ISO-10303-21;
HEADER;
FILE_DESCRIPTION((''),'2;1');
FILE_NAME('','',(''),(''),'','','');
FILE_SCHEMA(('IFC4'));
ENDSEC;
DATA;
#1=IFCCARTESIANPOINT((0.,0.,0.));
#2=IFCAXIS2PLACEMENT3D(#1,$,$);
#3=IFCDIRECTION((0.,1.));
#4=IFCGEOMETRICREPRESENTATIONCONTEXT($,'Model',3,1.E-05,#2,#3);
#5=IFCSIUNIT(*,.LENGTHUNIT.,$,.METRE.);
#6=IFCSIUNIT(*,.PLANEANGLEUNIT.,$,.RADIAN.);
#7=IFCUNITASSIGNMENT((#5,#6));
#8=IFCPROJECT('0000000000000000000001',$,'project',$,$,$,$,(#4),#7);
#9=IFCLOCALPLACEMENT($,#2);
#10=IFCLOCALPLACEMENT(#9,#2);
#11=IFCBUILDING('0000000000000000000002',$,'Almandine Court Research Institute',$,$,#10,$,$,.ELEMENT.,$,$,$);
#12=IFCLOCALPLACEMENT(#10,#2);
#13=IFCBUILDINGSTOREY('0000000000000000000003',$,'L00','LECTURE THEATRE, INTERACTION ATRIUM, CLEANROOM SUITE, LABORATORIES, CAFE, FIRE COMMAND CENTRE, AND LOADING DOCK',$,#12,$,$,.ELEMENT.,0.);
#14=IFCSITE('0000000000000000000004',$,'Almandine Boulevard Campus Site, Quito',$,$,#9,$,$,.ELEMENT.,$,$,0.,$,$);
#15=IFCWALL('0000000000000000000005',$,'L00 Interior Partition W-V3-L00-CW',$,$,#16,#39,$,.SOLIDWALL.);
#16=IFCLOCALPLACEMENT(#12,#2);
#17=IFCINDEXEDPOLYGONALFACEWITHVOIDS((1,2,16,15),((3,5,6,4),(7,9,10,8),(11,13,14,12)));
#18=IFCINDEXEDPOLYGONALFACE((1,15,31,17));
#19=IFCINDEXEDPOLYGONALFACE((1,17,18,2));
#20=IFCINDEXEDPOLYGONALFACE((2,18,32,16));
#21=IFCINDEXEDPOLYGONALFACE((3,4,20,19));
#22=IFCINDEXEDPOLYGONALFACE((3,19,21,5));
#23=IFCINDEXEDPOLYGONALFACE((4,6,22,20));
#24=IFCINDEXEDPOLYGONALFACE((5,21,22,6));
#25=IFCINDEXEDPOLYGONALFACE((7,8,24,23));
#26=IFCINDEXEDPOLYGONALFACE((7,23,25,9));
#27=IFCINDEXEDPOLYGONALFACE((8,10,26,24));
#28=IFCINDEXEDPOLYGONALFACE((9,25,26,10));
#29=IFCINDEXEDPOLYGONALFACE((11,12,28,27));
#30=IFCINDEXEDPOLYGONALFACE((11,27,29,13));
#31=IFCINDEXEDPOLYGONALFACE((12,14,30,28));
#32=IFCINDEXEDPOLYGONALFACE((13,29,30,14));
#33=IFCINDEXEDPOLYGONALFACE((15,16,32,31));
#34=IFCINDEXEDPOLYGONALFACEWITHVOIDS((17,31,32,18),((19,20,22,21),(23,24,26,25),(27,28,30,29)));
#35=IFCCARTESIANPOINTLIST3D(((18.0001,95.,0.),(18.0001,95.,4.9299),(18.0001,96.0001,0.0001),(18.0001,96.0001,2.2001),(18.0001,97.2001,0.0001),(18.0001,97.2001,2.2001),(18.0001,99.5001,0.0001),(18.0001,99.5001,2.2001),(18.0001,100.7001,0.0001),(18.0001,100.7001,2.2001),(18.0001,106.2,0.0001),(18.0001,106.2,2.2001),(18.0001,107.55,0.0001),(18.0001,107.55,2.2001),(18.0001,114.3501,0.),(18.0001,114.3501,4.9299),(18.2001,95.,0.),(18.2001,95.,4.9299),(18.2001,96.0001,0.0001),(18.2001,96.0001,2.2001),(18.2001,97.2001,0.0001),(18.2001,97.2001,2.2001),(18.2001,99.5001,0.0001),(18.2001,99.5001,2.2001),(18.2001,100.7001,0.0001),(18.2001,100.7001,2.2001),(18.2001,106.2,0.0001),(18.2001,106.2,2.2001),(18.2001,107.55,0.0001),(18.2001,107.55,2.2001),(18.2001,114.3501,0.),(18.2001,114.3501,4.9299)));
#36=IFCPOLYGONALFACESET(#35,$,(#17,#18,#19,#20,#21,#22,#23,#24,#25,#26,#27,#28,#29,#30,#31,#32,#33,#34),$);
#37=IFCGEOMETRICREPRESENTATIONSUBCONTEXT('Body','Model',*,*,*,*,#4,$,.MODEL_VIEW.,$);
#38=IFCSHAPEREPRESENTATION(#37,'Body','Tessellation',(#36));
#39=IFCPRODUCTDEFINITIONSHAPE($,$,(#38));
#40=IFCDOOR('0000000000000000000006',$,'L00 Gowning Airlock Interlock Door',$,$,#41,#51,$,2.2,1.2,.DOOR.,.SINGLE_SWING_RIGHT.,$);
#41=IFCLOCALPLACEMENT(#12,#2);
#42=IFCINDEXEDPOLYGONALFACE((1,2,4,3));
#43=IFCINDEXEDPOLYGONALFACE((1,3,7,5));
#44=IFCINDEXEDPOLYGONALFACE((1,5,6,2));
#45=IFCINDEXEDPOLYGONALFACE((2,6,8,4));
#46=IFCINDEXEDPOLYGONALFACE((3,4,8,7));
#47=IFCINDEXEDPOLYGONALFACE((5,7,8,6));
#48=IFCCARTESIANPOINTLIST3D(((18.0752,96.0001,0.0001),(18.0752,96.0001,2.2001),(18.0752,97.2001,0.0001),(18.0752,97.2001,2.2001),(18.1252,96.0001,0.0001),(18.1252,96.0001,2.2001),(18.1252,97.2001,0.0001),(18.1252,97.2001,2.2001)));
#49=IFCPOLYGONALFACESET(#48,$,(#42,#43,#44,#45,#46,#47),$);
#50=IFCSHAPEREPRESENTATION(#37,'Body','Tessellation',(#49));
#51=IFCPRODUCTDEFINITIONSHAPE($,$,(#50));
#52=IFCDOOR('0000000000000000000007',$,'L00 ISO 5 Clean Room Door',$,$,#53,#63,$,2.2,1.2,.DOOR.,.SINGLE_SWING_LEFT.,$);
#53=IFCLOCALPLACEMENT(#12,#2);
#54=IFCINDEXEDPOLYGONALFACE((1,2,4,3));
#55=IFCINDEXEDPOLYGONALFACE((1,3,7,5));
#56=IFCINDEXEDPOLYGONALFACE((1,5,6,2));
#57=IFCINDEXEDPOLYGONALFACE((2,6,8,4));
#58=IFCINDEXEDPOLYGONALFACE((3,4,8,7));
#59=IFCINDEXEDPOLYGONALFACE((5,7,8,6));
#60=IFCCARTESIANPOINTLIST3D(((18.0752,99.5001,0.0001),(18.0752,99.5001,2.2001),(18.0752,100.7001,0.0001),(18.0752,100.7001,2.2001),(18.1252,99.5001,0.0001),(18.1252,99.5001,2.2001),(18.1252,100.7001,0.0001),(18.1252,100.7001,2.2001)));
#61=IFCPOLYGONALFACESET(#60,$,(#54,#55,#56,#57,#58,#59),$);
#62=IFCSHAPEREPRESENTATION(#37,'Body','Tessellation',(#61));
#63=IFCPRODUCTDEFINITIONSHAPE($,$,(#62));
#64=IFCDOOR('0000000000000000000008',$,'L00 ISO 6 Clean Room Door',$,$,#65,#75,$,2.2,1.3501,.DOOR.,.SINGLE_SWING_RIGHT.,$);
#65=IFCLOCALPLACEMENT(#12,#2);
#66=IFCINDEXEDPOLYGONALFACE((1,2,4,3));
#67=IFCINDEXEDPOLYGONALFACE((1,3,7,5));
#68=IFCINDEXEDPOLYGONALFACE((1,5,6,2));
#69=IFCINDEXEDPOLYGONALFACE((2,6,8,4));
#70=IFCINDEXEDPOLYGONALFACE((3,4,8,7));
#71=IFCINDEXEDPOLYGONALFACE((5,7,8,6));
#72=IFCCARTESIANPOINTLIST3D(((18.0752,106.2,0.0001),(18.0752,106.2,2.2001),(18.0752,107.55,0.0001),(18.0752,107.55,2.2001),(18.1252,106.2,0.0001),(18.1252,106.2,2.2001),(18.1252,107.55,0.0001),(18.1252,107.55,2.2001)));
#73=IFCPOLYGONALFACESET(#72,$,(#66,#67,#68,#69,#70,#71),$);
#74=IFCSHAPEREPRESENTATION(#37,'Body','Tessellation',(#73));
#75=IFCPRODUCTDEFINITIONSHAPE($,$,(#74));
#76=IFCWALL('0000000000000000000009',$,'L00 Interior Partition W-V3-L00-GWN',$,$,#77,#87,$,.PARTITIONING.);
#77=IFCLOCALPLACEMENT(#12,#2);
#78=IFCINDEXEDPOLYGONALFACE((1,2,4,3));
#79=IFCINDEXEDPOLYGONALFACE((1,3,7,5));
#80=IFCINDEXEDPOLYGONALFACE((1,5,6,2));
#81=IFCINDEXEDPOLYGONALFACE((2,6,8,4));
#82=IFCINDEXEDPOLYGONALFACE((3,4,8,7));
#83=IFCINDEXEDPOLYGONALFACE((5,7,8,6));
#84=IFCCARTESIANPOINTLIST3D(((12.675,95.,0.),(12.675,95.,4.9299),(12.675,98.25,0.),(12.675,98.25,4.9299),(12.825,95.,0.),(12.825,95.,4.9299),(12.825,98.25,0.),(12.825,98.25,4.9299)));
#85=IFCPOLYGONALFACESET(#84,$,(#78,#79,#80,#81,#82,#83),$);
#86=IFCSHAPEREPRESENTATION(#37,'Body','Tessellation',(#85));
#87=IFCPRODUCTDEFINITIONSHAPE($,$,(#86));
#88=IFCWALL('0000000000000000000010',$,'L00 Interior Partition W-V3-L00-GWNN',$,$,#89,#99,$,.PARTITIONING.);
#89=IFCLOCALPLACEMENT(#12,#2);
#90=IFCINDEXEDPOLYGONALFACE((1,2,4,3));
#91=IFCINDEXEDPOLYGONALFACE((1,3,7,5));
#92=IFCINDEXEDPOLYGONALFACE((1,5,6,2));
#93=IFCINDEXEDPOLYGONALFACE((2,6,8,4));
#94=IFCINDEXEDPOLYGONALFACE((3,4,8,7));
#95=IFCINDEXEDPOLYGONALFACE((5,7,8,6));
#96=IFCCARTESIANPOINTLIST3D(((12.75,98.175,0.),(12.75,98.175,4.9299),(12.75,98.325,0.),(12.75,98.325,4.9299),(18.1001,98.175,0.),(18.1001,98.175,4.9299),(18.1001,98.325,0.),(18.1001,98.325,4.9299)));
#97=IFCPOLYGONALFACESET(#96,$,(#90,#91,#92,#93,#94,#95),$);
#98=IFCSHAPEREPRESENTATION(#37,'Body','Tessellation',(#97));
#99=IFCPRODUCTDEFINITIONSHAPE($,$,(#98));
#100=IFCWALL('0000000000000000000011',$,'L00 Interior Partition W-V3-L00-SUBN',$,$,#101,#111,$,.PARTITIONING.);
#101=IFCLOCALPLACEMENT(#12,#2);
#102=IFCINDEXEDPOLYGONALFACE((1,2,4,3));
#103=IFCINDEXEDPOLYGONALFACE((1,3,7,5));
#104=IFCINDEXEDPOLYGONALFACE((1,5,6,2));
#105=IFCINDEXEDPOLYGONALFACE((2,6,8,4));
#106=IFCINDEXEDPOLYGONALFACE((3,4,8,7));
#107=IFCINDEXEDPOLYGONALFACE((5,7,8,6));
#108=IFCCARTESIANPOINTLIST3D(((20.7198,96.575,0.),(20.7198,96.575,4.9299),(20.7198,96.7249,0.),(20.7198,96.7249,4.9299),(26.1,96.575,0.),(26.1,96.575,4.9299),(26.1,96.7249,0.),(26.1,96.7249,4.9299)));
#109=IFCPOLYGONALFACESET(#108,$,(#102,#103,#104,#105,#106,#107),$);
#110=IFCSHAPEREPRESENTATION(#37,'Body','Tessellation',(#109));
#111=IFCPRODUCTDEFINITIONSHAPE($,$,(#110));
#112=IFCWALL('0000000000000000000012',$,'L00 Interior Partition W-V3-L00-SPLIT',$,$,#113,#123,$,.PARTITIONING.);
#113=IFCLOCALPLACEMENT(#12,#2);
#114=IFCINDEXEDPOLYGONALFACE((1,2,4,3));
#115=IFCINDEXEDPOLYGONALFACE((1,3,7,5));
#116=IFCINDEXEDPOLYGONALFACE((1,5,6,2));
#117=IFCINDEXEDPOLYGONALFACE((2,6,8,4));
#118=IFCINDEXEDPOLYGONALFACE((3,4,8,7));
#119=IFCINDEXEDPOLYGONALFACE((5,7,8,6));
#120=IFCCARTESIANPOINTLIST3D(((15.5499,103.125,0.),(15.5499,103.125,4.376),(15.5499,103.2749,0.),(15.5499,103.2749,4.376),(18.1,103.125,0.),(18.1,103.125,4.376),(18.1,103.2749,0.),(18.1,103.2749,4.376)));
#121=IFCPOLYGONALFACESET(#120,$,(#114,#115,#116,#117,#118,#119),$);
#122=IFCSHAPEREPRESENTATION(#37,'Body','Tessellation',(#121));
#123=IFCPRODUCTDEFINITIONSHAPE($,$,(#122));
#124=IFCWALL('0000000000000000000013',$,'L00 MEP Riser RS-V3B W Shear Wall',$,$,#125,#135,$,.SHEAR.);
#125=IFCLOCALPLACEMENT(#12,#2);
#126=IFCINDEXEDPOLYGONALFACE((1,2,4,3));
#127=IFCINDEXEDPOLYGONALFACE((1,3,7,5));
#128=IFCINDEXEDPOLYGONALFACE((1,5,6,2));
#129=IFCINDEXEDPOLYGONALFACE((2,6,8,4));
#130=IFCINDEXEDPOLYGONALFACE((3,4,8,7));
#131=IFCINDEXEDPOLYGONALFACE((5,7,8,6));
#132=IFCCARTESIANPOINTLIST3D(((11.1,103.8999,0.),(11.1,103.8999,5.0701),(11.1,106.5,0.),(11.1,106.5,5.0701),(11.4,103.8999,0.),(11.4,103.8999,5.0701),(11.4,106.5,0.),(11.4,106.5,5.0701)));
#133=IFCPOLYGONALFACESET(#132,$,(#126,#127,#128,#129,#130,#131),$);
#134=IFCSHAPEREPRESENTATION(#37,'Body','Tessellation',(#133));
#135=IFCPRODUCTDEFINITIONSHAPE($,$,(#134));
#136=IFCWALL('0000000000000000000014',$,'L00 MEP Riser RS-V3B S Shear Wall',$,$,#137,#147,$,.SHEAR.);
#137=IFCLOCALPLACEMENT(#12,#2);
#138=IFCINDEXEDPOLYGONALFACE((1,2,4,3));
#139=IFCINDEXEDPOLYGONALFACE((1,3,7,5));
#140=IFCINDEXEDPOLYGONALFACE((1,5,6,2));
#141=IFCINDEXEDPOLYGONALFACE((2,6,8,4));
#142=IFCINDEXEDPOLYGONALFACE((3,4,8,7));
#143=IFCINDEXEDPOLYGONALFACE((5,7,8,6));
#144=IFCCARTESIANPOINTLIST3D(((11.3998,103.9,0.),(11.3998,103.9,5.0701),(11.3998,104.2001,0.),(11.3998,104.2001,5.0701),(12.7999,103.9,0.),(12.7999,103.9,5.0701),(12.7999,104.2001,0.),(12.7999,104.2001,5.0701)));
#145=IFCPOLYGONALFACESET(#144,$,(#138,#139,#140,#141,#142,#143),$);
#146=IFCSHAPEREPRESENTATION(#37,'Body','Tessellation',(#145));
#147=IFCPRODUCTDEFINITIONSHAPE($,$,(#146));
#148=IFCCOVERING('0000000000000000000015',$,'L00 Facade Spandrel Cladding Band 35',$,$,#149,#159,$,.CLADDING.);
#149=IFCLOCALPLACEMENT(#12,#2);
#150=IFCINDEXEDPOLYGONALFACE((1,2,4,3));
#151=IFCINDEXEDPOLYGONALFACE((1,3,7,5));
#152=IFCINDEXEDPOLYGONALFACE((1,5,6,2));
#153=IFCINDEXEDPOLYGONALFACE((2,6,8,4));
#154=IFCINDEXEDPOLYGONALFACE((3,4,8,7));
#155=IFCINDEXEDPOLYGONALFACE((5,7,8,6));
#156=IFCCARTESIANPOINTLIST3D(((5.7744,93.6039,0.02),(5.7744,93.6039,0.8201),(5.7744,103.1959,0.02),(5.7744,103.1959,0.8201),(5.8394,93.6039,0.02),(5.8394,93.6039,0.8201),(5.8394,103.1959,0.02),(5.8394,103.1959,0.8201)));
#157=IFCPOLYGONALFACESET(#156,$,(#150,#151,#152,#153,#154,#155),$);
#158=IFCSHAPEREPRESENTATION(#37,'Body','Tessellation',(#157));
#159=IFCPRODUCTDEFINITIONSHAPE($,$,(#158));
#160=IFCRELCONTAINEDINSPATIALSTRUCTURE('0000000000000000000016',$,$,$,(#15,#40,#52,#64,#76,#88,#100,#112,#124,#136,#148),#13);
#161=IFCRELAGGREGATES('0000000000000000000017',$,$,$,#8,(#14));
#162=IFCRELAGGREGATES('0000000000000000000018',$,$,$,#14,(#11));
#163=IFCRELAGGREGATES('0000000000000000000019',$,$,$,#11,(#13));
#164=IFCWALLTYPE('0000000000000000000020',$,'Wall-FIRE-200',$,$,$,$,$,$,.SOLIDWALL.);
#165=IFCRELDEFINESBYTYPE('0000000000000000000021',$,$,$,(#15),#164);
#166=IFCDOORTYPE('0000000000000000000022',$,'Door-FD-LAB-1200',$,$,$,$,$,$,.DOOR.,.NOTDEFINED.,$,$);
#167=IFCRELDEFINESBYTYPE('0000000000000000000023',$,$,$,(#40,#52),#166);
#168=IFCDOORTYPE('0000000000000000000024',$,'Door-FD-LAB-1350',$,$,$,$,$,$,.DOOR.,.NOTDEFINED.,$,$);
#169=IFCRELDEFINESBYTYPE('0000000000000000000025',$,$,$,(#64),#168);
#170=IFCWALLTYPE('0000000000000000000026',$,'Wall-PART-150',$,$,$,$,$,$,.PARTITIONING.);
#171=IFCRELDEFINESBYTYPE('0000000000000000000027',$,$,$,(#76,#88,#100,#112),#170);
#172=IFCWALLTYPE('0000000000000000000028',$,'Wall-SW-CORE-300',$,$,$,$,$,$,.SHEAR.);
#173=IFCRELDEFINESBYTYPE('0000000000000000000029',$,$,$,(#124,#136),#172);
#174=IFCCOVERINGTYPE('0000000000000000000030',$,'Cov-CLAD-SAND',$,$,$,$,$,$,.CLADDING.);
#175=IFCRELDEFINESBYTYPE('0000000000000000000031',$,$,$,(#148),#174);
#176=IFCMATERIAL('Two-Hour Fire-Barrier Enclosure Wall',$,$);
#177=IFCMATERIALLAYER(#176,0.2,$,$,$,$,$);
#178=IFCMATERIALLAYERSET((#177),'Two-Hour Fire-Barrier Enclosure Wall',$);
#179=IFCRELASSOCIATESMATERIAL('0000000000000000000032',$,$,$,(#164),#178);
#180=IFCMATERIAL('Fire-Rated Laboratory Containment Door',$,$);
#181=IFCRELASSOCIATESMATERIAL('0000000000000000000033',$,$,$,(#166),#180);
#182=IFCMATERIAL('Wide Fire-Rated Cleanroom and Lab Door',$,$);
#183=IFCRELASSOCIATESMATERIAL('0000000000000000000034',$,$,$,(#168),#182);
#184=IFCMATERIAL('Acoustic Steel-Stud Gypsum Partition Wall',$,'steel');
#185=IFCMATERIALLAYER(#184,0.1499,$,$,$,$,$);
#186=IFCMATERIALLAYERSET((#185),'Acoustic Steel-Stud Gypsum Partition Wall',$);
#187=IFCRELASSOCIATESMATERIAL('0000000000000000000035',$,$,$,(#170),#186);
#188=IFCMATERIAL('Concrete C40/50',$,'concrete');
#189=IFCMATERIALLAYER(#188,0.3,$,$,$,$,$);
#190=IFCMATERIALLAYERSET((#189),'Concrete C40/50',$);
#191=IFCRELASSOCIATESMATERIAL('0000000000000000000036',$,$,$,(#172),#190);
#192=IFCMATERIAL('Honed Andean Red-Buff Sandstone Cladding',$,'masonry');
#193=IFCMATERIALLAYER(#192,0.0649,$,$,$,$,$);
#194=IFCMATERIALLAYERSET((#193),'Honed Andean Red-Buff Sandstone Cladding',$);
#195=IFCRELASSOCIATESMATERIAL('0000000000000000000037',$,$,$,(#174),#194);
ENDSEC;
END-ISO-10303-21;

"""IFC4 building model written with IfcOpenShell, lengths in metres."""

from ifc_helpers import new_model, si_unit, direction, frame, frame_2d, origin, origin_2d, place, context, subcontext, project, spatial, rectangle, extrude, material, layer, layer_set, type_object, element, fill, save


model = new_model("IFC4")

# Units and contexts
model_context = context("Model", 3, precision=1e-05, world=origin(), true_north=direction((0.0, 1.0)))
body_context = subcontext(model_context, "Body", "Model", "MODEL_VIEW")
ifc_project = project(units=[si_unit("LENGTHUNIT", "METRE"), si_unit("PLANEANGLEUNIT", "RADIAN")], contexts=[model_context])

# Site, building, storey
site_placement = place(None, origin())
site = spatial("IfcSite", under=ifc_project, at=site_placement, Name="Almandine Boulevard Campus Site, Quito", CompositionType="ELEMENT", RefElevation=0.0)
building_placement = place(site_placement, origin())
building = spatial("IfcBuilding", under=site, at=building_placement, Name="Almandine Court Research Institute", CompositionType="ELEMENT")
storey_placement = place(building_placement, origin())
storey = spatial("IfcBuildingStorey", under=building, at=storey_placement, Name="L00", Description="LECTURE THEATRE, INTERACTION ATRIUM, CLEANROOM SUITE, LABORATORIES, CAFE, FIRE COMMAND CENTRE, AND LOADING DOCK", CompositionType="ELEMENT", Elevation=0.0)

# Shared definitions
ifc_material_1 = material(Name="Two-Hour Fire-Barrier Enclosure Wall")
ifc_layer_1 = layer(ifc_material_1, 0.2)
ifc_layer_set_1 = layer_set([ifc_layer_1], Name="Two-Hour Fire-Barrier Enclosure Wall")
wall_type_1 = type_object("IfcWallType", Name="Wall-FIRE-200", PredefinedType="SOLIDWALL", material=ifc_layer_set_1)

# Wall, openings, doors
wall_1_placement = place(storey_placement, frame((18.1001, 95.0, 0.0), z_axis=(0.0, 0.0, 1.0), x_axis=(0.0, 1.0, 0.0)))
wall_1 = element("IfcWall", 1, at=wall_1_placement, inside=storey, type_object=wall_type_1, Name="L00 Interior Partition W-V3-L00-CW", PredefinedType="SOLIDWALL", context=body_context, shape_type="SweptSolid", body=[
    extrude(rectangle(XDim=19.3501, YDim=0.2, at=frame_2d((9.675, 0.0))), origin(), (0.0, 0.0, 1.0), 4.9299),
])
opening_1_placement = place(wall_1_placement, frame((1.0, 0.0, 0.0)))
opening_1 = element("IfcOpeningElement", 2, at=opening_1_placement, cuts=wall_1, PredefinedType="OPENING", context=body_context, shape_type="SweptSolid", body=[
    extrude(rectangle(XDim=1.2, YDim=2.2, at=frame_2d((0.6001, 1.1001))), frame((0.0, 0.1099, 0.0), z_axis=(0.0, -1.0, 0.0), x_axis=(1.0, 0.0, 0.0)), (0.0, 0.0, 1.0), 0.22),
])
opening_2_placement = place(wall_1_placement, frame((4.5, 0.0, 0.0)))
opening_2 = element("IfcOpeningElement", 3, at=opening_2_placement, cuts=wall_1, PredefinedType="OPENING", context=body_context, shape_type="SweptSolid", body=[
    extrude(rectangle(XDim=1.2, YDim=2.2, at=frame_2d((0.6001, 1.1001))), frame((0.0, 0.1099, 0.0), z_axis=(0.0, -1.0, 0.0), x_axis=(1.0, 0.0, 0.0)), (0.0, 0.0, 1.0), 0.22),
])
opening_3_placement = place(wall_1_placement, frame((11.2, 0.0, 0.0)))
opening_3 = element("IfcOpeningElement", 4, at=opening_3_placement, cuts=wall_1, PredefinedType="OPENING", context=body_context, shape_type="SweptSolid", body=[
    extrude(rectangle(XDim=1.3501, YDim=2.2, at=frame_2d((0.675, 1.1001))), frame((0.0, 0.1099, 0.0), z_axis=(0.0, -1.0, 0.0), x_axis=(1.0, 0.0, 0.0)), (0.0, 0.0, 1.0), 0.22),
])
ifc_material_2 = material(Name="Fire-Rated Laboratory Containment Door")
door_type_1 = type_object("IfcDoorType", Name="Door-FD-LAB-1200", OperationType="NOTDEFINED", PredefinedType="DOOR", material=ifc_material_2)
door_1_placement = place(opening_1_placement, origin())
door_1 = element("IfcDoor", 5, at=door_1_placement, inside=storey, type_object=door_type_1, Name="L00 Gowning Airlock Interlock Door", OperationType="SINGLE_SWING_RIGHT", OverallHeight=2.2, OverallWidth=1.2, PredefinedType="DOOR", context=body_context, shape_type="SweptSolid", body=[
    extrude(rectangle(XDim=1.2, YDim=2.2, at=frame_2d((0.6001, 1.1001))), frame((0.0, 0.0249, 0.0), z_axis=(0.0, -1.0, 0.0), x_axis=(1.0, 0.0, 0.0)), (0.0, 0.0, 1.0), 0.05),
])
fill(opening_1, door_1)
door_2_placement = place(opening_2_placement, origin())
door_2 = element("IfcDoor", 6, at=door_2_placement, inside=storey, type_object=door_type_1, Name="L00 ISO 5 Clean Room Door", OperationType="SINGLE_SWING_LEFT", OverallHeight=2.2, OverallWidth=1.2, PredefinedType="DOOR", context=body_context, shape_type="SweptSolid", body=[
    extrude(rectangle(XDim=1.2, YDim=2.2, at=frame_2d((0.6001, 1.1001))), frame((0.0, 0.0249, 0.0), z_axis=(0.0, -1.0, 0.0), x_axis=(1.0, 0.0, 0.0)), (0.0, 0.0, 1.0), 0.05),
])
fill(opening_2, door_2)
ifc_material_3 = material(Name="Wide Fire-Rated Cleanroom and Lab Door")
door_type_2 = type_object("IfcDoorType", Name="Door-FD-LAB-1350", OperationType="NOTDEFINED", PredefinedType="DOOR", material=ifc_material_3)
door_3_placement = place(opening_3_placement, origin())
door_3 = element("IfcDoor", 7, at=door_3_placement, inside=storey, type_object=door_type_2, Name="L00 ISO 6 Clean Room Door", OperationType="SINGLE_SWING_RIGHT", OverallHeight=2.2, OverallWidth=1.3501, PredefinedType="DOOR", context=body_context, shape_type="SweptSolid", body=[
    extrude(rectangle(XDim=1.3501, YDim=2.2, at=frame_2d((0.675, 1.1001))), frame((0.0, 0.0249, 0.0), z_axis=(0.0, -1.0, 0.0), x_axis=(1.0, 0.0, 0.0)), (0.0, 0.0, 1.0), 0.05),
])
fill(opening_3, door_3)

# Walls
ifc_material_4 = material(Name="Acoustic Steel-Stud Gypsum Partition Wall", Category="steel")
ifc_layer_2 = layer(ifc_material_4, 0.1499)
ifc_layer_set_2 = layer_set([ifc_layer_2], Name="Acoustic Steel-Stud Gypsum Partition Wall")
wall_type_2 = type_object("IfcWallType", Name="Wall-PART-150", PredefinedType="PARTITIONING", material=ifc_layer_set_2)
wall_2_placement = place(storey_placement, frame((12.75, 95.0, 0.0), z_axis=(0.0, 0.0, 1.0), x_axis=(0.0, 1.0, 0.0)))
element("IfcWall", 8, at=wall_2_placement, inside=storey, type_object=wall_type_2, Name="L00 Interior Partition W-V3-L00-GWN", PredefinedType="PARTITIONING", context=body_context, shape_type="SweptSolid", body=[
    extrude(rectangle(XDim=3.25, YDim=0.1499, at=frame_2d((1.625, 0.0))), origin(), (0.0, 0.0, 1.0), 4.9299),
])
wall_3_placement = place(storey_placement, frame((12.75, 98.25, 0.0), z_axis=(0.0, 0.0, 1.0), x_axis=(1.0, 0.0, 0.0)))
element("IfcWall", 9, at=wall_3_placement, inside=storey, type_object=wall_type_2, Name="L00 Interior Partition W-V3-L00-GWNN", PredefinedType="PARTITIONING", context=body_context, shape_type="SweptSolid", body=[
    extrude(rectangle(XDim=5.3501, YDim=0.1499, at=frame_2d((2.675, 0.0))), origin(), (0.0, 0.0, 1.0), 4.9299),
])
wall_4_placement = place(storey_placement, frame((20.72, 96.6499, 0.0), z_axis=(0.0, 0.0, 1.0), x_axis=(1.0, 0.0, 0.0)))
element("IfcWall", 10, at=wall_4_placement, inside=storey, type_object=wall_type_2, Name="L00 Interior Partition W-V3-L00-SUBN", PredefinedType="PARTITIONING", context=body_context, shape_type="SweptSolid", body=[
    extrude(rectangle(XDim=5.3801, YDim=0.1499, at=frame_2d((2.6899, 0.0))), origin(), (0.0, 0.0, 1.0), 4.9299),
])
wall_5_placement = place(storey_placement, frame((15.55, 103.2, 0.0), z_axis=(0.0, 0.0, 1.0), x_axis=(1.0, 0.0, 0.0)))
element("IfcWall", 11, at=wall_5_placement, inside=storey, type_object=wall_type_2, Name="L00 Interior Partition W-V3-L00-SPLIT", PredefinedType="PARTITIONING", context=body_context, shape_type="SweptSolid", body=[
    extrude(rectangle(XDim=2.55, YDim=0.1499, at=frame_2d((1.2749, 0.0))), origin(), (0.0, 0.0, 1.0), 4.376),
])
ifc_material_5 = material(Name="Concrete C40/50", Category="concrete")
ifc_layer_3 = layer(ifc_material_5, 0.3)
ifc_layer_set_3 = layer_set([ifc_layer_3], Name="Concrete C40/50")
wall_type_3 = type_object("IfcWallType", Name="Wall-SW-CORE-300", PredefinedType="SHEAR", material=ifc_layer_set_3)
wall_6_placement = place(storey_placement, frame((11.25, 103.8999, 0.0), z_axis=(0.0, 0.0, 1.0), x_axis=(0.0, 1.0, 0.0)))
element("IfcWall", 12, at=wall_6_placement, inside=storey, type_object=wall_type_3, Name="L00 MEP Riser RS-V3B W Shear Wall", PredefinedType="SHEAR", context=body_context, shape_type="SweptSolid", body=[
    extrude(rectangle(XDim=2.6001, YDim=0.3, at=frame_2d((1.3, 0.0))), origin(), (0.0, 0.0, 1.0), 5.0701),
])
wall_7_placement = place(storey_placement, frame((12.8, 104.05, 0.0), z_axis=(0.0, 0.0, 1.0), x_axis=(-1.0, 0.0, 0.0)))
element("IfcWall", 13, at=wall_7_placement, inside=storey, type_object=wall_type_3, Name="L00 MEP Riser RS-V3B S Shear Wall", PredefinedType="SHEAR", context=body_context, shape_type="SweptSolid", body=[
    extrude(rectangle(XDim=1.4001, YDim=0.3, at=frame_2d((0.7002, 0.0))), origin(), (0.0, 0.0, 1.0), 5.0701),
])

# Covering
ifc_material_6 = material(Name="Honed Andean Red-Buff Sandstone Cladding", Category="masonry")
ifc_layer_4 = layer(ifc_material_6, 0.0649)
ifc_layer_set_4 = layer_set([ifc_layer_4], Name="Honed Andean Red-Buff Sandstone Cladding")
covering_type = type_object("IfcCoveringType", Name="Cov-CLAD-SAND", PredefinedType="CLADDING", material=ifc_layer_set_4)
covering_placement = place(storey_placement, frame((5.8069, 98.3999, 0.02), z_axis=(0.0, 0.0, 1.0), x_axis=(0.0, 1.0, 0.0)))
element("IfcCovering", 14, at=covering_placement, inside=storey, type_object=covering_type, Name="L00 Facade Spandrel Cladding Band 35", PredefinedType="CLADDING", context=body_context, shape_type="SweptSolid", body=[
    extrude(rectangle(XDim=9.592, YDim=0.0649, at=origin_2d()), origin(), (0.0, 0.0, 1.0), 0.8),
])

save(model, "model.ifc")
